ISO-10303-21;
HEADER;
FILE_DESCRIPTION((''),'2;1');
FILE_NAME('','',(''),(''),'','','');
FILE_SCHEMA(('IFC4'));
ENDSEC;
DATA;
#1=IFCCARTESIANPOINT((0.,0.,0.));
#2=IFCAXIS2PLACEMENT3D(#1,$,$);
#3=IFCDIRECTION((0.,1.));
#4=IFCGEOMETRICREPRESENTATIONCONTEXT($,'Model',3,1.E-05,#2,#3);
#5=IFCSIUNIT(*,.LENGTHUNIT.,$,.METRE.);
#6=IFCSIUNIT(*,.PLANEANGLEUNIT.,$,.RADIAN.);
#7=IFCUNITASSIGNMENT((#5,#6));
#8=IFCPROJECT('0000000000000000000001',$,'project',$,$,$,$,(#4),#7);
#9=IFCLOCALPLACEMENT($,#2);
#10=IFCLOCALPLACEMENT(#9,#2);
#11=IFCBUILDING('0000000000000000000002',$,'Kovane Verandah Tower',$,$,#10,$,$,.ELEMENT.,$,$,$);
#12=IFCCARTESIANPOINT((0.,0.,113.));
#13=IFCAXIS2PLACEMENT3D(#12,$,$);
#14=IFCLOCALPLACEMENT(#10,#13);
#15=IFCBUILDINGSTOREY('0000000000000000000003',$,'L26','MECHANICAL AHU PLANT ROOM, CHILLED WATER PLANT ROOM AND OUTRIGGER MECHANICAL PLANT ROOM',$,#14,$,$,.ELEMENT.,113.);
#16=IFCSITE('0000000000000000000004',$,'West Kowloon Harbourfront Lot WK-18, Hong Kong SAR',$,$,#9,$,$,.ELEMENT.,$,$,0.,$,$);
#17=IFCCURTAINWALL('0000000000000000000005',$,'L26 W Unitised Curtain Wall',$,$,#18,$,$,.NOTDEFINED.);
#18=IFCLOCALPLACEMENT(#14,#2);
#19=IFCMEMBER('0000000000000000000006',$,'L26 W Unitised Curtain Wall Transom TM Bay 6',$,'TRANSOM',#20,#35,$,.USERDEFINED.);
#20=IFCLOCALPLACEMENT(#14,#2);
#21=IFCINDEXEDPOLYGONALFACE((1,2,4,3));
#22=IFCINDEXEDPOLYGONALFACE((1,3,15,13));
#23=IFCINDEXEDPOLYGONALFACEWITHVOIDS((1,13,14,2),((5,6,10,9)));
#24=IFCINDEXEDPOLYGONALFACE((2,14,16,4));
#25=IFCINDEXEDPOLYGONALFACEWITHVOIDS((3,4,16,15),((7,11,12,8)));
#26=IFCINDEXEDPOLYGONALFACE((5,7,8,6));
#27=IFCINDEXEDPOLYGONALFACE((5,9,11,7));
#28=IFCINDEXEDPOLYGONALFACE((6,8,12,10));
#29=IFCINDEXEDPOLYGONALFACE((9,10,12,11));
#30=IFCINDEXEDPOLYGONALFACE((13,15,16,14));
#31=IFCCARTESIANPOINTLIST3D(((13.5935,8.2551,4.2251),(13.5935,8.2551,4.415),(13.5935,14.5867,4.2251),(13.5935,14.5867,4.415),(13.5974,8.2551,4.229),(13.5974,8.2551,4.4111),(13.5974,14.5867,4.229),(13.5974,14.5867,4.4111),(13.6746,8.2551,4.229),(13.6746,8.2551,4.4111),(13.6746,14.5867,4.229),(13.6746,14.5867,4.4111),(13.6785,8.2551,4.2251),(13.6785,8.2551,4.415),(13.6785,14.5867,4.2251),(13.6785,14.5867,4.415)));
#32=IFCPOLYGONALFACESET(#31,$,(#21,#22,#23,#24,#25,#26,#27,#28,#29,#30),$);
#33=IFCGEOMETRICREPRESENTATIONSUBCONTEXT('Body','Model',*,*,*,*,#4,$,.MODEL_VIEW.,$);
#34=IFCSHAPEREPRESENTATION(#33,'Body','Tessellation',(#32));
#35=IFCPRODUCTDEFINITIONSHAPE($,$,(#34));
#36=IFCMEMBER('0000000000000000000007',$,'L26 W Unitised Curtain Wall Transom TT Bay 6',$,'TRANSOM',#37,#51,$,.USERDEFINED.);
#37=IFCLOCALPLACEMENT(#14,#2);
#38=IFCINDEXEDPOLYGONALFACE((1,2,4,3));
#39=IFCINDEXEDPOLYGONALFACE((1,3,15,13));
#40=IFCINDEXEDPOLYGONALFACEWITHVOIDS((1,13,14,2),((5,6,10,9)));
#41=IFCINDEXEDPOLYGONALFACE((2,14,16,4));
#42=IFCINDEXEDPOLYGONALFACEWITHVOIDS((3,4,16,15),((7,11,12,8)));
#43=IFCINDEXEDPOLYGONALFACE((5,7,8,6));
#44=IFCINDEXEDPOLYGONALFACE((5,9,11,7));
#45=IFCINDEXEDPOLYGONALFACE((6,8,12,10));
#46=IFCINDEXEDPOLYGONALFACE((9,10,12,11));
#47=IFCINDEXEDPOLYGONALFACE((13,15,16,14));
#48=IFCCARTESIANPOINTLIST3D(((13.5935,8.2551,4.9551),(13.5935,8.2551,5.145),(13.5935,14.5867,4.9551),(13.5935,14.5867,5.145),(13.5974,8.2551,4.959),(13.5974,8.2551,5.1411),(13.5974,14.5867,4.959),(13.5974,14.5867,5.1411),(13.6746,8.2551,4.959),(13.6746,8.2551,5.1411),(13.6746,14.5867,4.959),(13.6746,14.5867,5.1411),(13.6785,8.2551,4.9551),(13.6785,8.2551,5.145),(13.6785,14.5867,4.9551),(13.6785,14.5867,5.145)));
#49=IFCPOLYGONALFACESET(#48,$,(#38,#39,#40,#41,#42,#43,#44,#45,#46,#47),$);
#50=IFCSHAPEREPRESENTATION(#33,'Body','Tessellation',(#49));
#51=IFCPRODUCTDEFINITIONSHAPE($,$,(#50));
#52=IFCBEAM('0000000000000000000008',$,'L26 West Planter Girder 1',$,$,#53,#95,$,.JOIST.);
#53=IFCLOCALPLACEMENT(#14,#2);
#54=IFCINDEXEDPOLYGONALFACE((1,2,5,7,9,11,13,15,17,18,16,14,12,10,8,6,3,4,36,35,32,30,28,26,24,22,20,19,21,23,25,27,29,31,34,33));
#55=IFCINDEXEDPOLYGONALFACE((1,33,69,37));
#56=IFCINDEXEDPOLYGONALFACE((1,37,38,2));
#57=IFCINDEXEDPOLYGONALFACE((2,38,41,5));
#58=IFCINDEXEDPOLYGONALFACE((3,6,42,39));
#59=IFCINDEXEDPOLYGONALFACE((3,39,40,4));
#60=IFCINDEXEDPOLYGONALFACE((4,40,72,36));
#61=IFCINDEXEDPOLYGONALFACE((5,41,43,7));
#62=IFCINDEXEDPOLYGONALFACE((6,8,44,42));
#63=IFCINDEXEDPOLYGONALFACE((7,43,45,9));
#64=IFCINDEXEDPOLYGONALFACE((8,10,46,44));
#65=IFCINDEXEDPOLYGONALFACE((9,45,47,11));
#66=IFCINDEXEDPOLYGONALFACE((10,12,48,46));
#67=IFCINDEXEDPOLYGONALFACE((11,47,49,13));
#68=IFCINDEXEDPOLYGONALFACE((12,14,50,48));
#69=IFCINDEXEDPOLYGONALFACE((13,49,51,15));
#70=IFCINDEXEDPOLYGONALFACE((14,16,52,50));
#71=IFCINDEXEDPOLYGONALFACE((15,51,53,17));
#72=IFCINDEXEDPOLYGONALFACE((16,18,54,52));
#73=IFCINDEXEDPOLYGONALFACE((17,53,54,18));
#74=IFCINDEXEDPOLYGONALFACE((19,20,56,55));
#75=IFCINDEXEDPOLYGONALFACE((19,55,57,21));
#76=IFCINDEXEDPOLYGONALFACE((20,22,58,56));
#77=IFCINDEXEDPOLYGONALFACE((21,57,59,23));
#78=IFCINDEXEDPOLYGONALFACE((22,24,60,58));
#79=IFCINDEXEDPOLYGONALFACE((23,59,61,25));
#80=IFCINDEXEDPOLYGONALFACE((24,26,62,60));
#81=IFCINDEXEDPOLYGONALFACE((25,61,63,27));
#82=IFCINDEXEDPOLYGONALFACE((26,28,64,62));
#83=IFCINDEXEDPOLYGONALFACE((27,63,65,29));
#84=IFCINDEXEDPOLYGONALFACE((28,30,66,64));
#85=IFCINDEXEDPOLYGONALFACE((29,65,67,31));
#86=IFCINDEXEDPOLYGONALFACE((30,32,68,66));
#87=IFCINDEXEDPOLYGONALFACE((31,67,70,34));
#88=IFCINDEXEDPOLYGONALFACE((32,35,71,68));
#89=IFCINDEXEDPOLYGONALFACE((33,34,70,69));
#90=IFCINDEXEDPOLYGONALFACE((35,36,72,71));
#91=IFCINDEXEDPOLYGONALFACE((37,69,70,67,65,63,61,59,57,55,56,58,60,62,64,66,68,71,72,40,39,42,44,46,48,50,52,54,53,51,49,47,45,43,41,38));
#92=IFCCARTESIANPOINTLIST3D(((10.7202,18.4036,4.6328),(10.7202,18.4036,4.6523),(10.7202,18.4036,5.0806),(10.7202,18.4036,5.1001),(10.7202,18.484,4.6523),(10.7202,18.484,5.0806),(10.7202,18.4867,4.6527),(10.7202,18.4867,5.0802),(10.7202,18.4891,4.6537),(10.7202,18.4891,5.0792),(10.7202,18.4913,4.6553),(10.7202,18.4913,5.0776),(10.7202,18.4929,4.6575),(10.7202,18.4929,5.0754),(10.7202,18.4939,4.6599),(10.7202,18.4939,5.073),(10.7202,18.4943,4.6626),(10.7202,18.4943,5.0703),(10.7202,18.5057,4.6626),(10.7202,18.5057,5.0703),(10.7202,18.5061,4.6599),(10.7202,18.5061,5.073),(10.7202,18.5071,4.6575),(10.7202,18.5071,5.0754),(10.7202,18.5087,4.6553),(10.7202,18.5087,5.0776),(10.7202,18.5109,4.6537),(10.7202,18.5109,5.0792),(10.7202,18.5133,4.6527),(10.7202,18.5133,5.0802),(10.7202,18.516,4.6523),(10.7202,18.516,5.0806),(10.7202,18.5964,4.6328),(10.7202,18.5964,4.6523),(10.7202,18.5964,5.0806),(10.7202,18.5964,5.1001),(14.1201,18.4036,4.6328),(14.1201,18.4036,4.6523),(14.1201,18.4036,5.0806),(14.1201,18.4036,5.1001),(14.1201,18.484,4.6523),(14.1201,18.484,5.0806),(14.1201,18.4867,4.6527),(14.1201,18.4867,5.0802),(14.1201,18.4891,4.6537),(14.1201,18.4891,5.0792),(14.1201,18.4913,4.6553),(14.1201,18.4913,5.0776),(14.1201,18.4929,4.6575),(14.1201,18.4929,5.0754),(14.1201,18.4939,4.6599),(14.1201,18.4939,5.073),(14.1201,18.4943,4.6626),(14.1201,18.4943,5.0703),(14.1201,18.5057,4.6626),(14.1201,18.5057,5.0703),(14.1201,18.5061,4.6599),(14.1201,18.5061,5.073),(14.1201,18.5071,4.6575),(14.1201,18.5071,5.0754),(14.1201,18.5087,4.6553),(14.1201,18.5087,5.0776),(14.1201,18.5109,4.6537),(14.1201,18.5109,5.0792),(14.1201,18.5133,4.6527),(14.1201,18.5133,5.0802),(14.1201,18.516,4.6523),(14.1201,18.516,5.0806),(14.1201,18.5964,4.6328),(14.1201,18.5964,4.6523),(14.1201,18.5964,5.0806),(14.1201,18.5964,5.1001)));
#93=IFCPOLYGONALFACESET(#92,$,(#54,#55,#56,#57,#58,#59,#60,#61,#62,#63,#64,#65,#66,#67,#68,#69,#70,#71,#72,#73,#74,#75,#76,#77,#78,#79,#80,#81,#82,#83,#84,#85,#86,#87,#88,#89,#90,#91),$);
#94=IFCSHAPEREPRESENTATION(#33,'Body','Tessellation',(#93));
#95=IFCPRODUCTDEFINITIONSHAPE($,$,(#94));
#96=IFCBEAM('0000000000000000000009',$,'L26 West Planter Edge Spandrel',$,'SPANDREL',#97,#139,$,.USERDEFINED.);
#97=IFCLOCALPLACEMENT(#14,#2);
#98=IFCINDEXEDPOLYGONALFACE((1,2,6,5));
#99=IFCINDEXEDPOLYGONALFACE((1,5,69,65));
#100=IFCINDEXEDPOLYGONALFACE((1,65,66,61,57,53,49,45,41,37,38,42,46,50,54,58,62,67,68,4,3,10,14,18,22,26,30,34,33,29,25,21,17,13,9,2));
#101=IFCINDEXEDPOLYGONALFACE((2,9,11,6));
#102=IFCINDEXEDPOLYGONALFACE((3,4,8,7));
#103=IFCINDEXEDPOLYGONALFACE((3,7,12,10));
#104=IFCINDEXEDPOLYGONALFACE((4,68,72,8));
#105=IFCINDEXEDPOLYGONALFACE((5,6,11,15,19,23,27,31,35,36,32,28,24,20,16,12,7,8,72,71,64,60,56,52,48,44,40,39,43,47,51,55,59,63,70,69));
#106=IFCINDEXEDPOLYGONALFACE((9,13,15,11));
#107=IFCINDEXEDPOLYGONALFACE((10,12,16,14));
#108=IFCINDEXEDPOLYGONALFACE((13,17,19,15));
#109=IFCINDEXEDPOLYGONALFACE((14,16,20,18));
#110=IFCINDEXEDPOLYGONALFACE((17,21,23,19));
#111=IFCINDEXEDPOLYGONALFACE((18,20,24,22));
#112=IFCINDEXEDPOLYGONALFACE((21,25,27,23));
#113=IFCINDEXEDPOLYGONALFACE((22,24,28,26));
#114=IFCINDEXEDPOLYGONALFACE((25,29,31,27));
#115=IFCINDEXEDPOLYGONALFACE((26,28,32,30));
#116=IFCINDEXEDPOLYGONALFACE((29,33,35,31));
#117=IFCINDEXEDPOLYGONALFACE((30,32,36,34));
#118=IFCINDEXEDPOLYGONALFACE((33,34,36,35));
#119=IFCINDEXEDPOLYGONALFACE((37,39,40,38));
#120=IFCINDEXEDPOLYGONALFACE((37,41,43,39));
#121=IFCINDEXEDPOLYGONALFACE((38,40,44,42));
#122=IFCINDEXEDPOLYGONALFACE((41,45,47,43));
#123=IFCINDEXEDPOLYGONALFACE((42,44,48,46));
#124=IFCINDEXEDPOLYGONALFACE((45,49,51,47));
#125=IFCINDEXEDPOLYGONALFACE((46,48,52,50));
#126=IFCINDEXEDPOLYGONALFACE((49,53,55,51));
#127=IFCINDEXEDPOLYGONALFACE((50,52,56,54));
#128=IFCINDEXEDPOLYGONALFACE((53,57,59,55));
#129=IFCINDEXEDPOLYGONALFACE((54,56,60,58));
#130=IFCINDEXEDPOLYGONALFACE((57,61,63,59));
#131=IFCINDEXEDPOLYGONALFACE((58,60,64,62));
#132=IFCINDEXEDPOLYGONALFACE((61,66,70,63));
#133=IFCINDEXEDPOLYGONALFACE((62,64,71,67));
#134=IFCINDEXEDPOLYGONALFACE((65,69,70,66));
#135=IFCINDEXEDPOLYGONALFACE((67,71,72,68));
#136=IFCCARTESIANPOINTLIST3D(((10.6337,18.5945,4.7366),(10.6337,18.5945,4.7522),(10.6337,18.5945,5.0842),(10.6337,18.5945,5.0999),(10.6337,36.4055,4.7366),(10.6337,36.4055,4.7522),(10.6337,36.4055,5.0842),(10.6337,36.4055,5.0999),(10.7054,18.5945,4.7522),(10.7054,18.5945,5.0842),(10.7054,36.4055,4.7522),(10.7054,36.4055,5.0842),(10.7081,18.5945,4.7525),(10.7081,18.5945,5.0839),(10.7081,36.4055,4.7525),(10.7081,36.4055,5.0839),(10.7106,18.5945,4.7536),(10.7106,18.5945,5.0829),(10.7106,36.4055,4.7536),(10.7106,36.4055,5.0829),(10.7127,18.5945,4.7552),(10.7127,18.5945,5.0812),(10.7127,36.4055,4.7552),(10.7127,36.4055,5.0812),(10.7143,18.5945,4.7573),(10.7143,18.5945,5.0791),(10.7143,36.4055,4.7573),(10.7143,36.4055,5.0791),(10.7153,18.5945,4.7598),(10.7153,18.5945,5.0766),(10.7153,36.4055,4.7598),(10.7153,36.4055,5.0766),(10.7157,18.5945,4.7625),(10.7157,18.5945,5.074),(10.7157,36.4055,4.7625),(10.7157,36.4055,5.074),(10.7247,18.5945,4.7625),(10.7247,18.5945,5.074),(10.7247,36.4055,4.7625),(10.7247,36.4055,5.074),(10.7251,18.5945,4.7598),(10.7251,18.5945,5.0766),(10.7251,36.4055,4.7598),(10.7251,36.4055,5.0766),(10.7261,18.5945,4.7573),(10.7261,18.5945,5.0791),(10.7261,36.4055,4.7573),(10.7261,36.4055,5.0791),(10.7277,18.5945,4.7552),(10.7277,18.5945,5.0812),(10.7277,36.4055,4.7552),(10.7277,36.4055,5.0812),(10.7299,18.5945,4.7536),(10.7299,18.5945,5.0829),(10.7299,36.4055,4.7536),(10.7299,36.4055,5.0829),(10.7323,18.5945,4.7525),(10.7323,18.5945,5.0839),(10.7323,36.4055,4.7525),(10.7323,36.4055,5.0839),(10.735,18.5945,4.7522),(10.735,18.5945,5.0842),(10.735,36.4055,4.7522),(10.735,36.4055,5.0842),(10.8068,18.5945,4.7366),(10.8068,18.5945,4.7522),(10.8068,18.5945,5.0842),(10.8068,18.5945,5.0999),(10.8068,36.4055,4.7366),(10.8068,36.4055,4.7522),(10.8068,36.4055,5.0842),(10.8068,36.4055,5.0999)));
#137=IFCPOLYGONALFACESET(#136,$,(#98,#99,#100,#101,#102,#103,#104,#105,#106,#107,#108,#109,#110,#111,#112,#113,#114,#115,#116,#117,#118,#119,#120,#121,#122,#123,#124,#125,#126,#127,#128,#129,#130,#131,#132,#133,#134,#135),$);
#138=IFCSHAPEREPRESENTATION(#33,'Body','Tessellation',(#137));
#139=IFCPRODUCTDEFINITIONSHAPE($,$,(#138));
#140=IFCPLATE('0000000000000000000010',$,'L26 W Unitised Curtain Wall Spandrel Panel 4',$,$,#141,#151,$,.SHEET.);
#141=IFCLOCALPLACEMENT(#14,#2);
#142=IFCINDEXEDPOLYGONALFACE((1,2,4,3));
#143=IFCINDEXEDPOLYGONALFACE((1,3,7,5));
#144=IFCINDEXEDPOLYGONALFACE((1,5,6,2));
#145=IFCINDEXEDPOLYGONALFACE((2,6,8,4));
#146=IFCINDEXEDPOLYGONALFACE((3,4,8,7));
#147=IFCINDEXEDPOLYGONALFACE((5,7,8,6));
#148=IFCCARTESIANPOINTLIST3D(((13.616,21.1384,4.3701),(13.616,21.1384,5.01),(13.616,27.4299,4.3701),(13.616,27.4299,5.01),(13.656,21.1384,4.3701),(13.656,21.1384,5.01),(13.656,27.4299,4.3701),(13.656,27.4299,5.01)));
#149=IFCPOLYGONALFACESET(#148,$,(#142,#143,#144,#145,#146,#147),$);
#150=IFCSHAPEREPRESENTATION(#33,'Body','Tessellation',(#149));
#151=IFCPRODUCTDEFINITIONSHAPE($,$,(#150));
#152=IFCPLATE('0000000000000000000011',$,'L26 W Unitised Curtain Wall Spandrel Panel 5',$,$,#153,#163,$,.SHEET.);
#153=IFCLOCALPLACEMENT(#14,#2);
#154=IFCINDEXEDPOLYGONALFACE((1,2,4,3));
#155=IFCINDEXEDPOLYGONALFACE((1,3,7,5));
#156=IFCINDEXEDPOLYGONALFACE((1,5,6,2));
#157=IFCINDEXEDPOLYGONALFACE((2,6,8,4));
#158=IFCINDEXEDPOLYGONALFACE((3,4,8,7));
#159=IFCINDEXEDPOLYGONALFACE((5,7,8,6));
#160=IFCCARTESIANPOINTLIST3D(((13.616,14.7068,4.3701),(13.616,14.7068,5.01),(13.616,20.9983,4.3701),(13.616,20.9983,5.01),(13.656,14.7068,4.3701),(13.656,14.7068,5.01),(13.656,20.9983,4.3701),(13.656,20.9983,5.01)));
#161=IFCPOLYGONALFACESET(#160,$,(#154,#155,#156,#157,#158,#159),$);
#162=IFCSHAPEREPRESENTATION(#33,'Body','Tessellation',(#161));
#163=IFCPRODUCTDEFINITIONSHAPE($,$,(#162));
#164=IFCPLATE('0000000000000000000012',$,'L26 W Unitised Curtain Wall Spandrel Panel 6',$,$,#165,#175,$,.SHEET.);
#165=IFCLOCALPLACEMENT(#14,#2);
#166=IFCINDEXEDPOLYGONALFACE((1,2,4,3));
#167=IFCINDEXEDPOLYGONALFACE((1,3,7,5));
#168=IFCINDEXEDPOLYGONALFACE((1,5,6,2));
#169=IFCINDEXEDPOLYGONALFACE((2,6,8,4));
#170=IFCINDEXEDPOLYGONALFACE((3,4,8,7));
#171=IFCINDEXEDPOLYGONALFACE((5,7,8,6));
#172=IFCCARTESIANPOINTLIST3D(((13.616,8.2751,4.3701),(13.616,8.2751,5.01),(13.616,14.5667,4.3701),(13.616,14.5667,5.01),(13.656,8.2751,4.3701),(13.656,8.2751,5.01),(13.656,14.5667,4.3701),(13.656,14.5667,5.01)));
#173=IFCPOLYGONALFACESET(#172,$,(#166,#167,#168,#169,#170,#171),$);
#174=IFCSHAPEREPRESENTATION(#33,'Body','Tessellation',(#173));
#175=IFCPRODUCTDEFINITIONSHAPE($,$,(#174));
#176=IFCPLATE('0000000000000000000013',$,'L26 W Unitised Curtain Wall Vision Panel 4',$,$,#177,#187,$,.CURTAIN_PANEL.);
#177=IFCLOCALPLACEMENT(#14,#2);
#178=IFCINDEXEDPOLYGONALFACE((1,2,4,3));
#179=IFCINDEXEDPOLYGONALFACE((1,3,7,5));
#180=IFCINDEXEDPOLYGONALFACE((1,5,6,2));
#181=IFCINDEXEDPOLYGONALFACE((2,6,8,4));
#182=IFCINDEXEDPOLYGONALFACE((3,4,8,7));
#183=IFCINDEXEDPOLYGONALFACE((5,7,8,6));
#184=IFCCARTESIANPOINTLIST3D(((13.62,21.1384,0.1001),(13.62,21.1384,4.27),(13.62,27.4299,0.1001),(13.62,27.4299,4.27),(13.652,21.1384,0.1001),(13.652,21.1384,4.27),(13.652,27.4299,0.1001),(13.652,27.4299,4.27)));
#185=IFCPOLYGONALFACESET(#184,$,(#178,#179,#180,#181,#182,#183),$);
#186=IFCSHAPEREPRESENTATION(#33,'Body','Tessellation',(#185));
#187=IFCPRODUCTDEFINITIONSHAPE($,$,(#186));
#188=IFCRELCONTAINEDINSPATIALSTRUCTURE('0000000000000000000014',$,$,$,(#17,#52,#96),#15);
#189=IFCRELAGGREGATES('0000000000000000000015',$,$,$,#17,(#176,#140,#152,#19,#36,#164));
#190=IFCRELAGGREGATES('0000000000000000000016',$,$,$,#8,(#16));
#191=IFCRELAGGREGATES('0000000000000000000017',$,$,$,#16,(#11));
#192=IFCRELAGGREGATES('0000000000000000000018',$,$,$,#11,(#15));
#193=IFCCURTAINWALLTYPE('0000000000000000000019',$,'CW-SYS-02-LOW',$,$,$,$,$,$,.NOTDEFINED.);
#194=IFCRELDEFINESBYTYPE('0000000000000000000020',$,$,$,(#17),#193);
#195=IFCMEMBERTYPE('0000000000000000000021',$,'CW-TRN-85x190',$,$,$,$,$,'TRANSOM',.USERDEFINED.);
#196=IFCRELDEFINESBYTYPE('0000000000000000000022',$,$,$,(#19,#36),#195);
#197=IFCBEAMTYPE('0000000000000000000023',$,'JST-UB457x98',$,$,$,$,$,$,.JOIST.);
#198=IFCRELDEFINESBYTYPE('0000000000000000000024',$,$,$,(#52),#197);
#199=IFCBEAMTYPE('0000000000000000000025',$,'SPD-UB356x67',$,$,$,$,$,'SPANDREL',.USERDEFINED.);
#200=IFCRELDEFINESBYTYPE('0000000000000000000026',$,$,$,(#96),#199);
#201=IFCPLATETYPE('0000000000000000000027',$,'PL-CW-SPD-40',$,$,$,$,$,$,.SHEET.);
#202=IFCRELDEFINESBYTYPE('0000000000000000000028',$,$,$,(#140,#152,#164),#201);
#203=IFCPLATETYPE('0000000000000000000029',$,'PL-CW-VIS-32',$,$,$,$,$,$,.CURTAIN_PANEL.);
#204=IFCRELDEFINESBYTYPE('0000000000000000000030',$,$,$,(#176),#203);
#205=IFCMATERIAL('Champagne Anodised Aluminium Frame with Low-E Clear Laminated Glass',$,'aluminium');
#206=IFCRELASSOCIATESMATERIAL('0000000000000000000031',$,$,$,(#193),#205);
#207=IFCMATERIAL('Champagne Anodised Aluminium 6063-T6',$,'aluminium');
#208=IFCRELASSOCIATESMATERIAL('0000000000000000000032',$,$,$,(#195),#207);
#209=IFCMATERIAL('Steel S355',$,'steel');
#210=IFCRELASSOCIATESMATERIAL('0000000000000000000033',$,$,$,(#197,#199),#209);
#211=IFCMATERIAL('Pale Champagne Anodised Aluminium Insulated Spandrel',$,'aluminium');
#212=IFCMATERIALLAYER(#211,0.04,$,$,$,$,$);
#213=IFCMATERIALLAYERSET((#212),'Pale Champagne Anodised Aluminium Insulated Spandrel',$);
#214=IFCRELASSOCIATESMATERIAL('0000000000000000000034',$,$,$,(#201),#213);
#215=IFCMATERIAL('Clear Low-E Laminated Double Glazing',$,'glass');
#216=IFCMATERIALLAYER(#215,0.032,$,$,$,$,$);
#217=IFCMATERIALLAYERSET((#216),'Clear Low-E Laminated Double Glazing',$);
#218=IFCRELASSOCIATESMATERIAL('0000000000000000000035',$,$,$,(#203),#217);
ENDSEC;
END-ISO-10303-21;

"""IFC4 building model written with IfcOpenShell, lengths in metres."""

from ifc_helpers import new_model, si_unit, direction, frame, origin, origin_2d, place, context, subcontext, project, spatial, rectangle, hollow_rectangle, i_section, extrude, material, layer, layer_set, material_profile, profile_set, type_object, element, aggregate, save


model = new_model("IFC4")

# Units and contexts
model_context = context("Model", 3, precision=1e-05, world=origin(), true_north=direction((0.0, 1.0)))
body_context = subcontext(model_context, "Body", "Model", "MODEL_VIEW")
ifc_project = project(units=[si_unit("LENGTHUNIT", "METRE"), si_unit("PLANEANGLEUNIT", "RADIAN")], contexts=[model_context])

# Site, building, storey
site_placement = place(None, origin())
site = spatial("IfcSite", under=ifc_project, at=site_placement, Name="West Kowloon Harbourfront Lot WK-18, Hong Kong SAR", CompositionType="ELEMENT", RefElevation=0.0)
building_placement = place(site_placement, origin())
building = spatial("IfcBuilding", under=site, at=building_placement, Name="Kovane Verandah Tower", CompositionType="ELEMENT")
storey_placement = place(building_placement, frame((0.0, 0.0, 113.0)))
storey = spatial("IfcBuildingStorey", under=building, at=storey_placement, Name="L26", Description="MECHANICAL AHU PLANT ROOM, CHILLED WATER PLANT ROOM AND OUTRIGGER MECHANICAL PLANT ROOM", CompositionType="ELEMENT", Elevation=113.0)

# Shared definitions
ifc_material_1 = material(Name="Champagne Anodised Aluminium Frame with Low-E Clear Laminated Glass", Category="aluminium")
curtain_wall_type = type_object("IfcCurtainWallType", Name="CW-SYS-02-LOW", PredefinedType="NOTDEFINED", material=ifc_material_1)
ifc_material_2 = material(Name="Champagne Anodised Aluminium 6063-T6", Category="aluminium")

# Curtain wall, members
curtain_wall_1_placement = place(storey_placement, origin())
curtain_wall_1 = element("IfcCurtainWall", 1, at=curtain_wall_1_placement, inside=storey, type_object=curtain_wall_type, Name="L26 W Unitised Curtain Wall", PredefinedType="NOTDEFINED")
ifc_material_profile_1 = material_profile(ifc_material_2, hollow_rectangle(XDim=0.085, YDim=0.1899, WallThickness=0.0039, at=origin_2d()), Name="AL85x190x4")
ifc_profile_set_1 = profile_set([ifc_material_profile_1], Name="Champagne Anodised Aluminium 6063-T6")
member_type_1 = type_object("IfcMemberType", Name="CW-TRN-85x190", ElementType="TRANSOM", PredefinedType="USERDEFINED", material=ifc_profile_set_1)
member_1_placement = place(storey_placement, frame((13.636, 14.5867, 4.3201), z_axis=(0.0, -1.0, 0.0), x_axis=(1.0, 0.0, 0.0)))
member_1 = element("IfcMember", 2, at=member_1_placement, type_object=member_type_1, Name="L26 W Unitised Curtain Wall Transom TM Bay 6", ObjectType="TRANSOM", PredefinedType="USERDEFINED", context=body_context, shape_type="SweptSolid", body=[
    extrude(hollow_rectangle(XDim=0.085, YDim=0.1899, WallThickness=0.0039, at=origin_2d()), origin(), (0.0, 0.0, 1.0), 6.3315),
])
member_2_placement = place(storey_placement, frame((13.636, 14.5867, 5.05), z_axis=(0.0, -1.0, 0.0), x_axis=(1.0, 0.0, 0.0)))
member_2 = element("IfcMember", 3, at=member_2_placement, type_object=member_type_1, Name="L26 W Unitised Curtain Wall Transom TT Bay 6", ObjectType="TRANSOM", PredefinedType="USERDEFINED", context=body_context, shape_type="SweptSolid", body=[
    extrude(hollow_rectangle(XDim=0.085, YDim=0.1899, WallThickness=0.0039, at=origin_2d()), origin(), (0.0, 0.0, 1.0), 6.3315),
])

# Beams
ifc_material_3 = material(Name="Steel S355", Category="steel")
ifc_material_profile_2 = material_profile(ifc_material_3, i_section(OverallWidth=0.1929, OverallDepth=0.4673, WebThickness=0.0115, FlangeThickness=0.0195, FilletRadius=0.0103, at=origin_2d()), Name="UB457x191x98")
ifc_profile_set_2 = profile_set([ifc_material_profile_2], Name="Steel S355")
beam_type_1 = type_object("IfcBeamType", Name="JST-UB457x98", PredefinedType="JOIST", material=ifc_profile_set_2)
beam_1_placement = place(storey_placement, frame((14.1201, 18.5, 4.8665), z_axis=(-1.0, 0.0, 0.0), x_axis=(0.0, -1.0, 0.0)))
element("IfcBeam", 4, at=beam_1_placement, inside=storey, type_object=beam_type_1, Name="L26 West Planter Girder 1", PredefinedType="JOIST", context=body_context, shape_type="SweptSolid", body=[
    extrude(i_section(OverallWidth=0.1929, OverallDepth=0.4673, WebThickness=0.0115, FlangeThickness=0.0195, FilletRadius=0.0103, at=origin_2d()), origin(), (0.0, 0.0, 1.0), 3.3999),
])
ifc_material_profile_3 = material_profile(ifc_material_3, i_section(OverallWidth=0.1731, OverallDepth=0.3633, WebThickness=0.009, FlangeThickness=0.0156, FilletRadius=0.0103, at=origin_2d()), Name="UB356x171x67")
ifc_profile_set_3 = profile_set([ifc_material_profile_3], Name="Steel S355")
beam_type_2 = type_object("IfcBeamType", Name="SPD-UB356x67", ElementType="SPANDREL", PredefinedType="USERDEFINED", material=ifc_profile_set_3)
beam_2_placement = place(storey_placement, frame((10.7202, 18.5945, 4.9182), z_axis=(0.0, 1.0, 0.0), x_axis=(-1.0, 0.0, 0.0)))
element("IfcBeam", 5, at=beam_2_placement, inside=storey, type_object=beam_type_2, Name="L26 West Planter Edge Spandrel", ObjectType="SPANDREL", PredefinedType="USERDEFINED", context=body_context, shape_type="SweptSolid", body=[
    extrude(i_section(OverallWidth=0.1731, OverallDepth=0.3633, WebThickness=0.009, FlangeThickness=0.0156, FilletRadius=0.0103, at=origin_2d()), origin(), (0.0, 0.0, 1.0), 17.811),
])

# Plates
ifc_material_4 = material(Name="Pale Champagne Anodised Aluminium Insulated Spandrel", Category="aluminium")
ifc_layer_1 = layer(ifc_material_4, 0.04)
ifc_layer_set_1 = layer_set([ifc_layer_1], Name="Pale Champagne Anodised Aluminium Insulated Spandrel")
plate_type_1 = type_object("IfcPlateType", Name="PL-CW-SPD-40", PredefinedType="SHEET", material=ifc_layer_set_1)
plate_1_placement = place(storey_placement, frame((13.636, 24.2842, 4.3701), z_axis=(0.0, 0.0, 1.0), x_axis=(0.0, -1.0, 0.0)))
plate_1 = element("IfcPlate", 6, at=plate_1_placement, type_object=plate_type_1, Name="L26 W Unitised Curtain Wall Spandrel Panel 4", PredefinedType="SHEET", context=body_context, shape_type="SweptSolid", body=[
    extrude(rectangle(XDim=6.2915, YDim=0.04, at=origin_2d()), origin(), (0.0, 0.0, 1.0), 0.6399),
])
plate_2_placement = place(storey_placement, frame((13.636, 17.8525, 4.3701), z_axis=(0.0, 0.0, 1.0), x_axis=(0.0, -1.0, 0.0)))
plate_2 = element("IfcPlate", 7, at=plate_2_placement, type_object=plate_type_1, Name="L26 W Unitised Curtain Wall Spandrel Panel 5", PredefinedType="SHEET", context=body_context, shape_type="SweptSolid", body=[
    extrude(rectangle(XDim=6.2915, YDim=0.04, at=origin_2d()), origin(), (0.0, 0.0, 1.0), 0.6399),
])
plate_3_placement = place(storey_placement, frame((13.636, 11.4209, 4.3701), z_axis=(0.0, 0.0, 1.0), x_axis=(0.0, -1.0, 0.0)))
plate_3 = element("IfcPlate", 8, at=plate_3_placement, type_object=plate_type_1, Name="L26 W Unitised Curtain Wall Spandrel Panel 6", PredefinedType="SHEET", context=body_context, shape_type="SweptSolid", body=[
    extrude(rectangle(XDim=6.2915, YDim=0.04, at=origin_2d()), origin(), (0.0, 0.0, 1.0), 0.6399),
])
ifc_material_5 = material(Name="Clear Low-E Laminated Double Glazing", Category="glass")
ifc_layer_2 = layer(ifc_material_5, 0.032)
ifc_layer_set_2 = layer_set([ifc_layer_2], Name="Clear Low-E Laminated Double Glazing")
plate_type_2 = type_object("IfcPlateType", Name="PL-CW-VIS-32", PredefinedType="CURTAIN_PANEL", material=ifc_layer_set_2)
plate_4_placement = place(storey_placement, frame((13.636, 24.2842, 0.1001), z_axis=(0.0, 0.0, 1.0), x_axis=(0.0, -1.0, 0.0)))
plate_4 = element("IfcPlate", 9, at=plate_4_placement, type_object=plate_type_2, Name="L26 W Unitised Curtain Wall Vision Panel 4", PredefinedType="CURTAIN_PANEL", context=body_context, shape_type="SweptSolid", body=[
    extrude(rectangle(XDim=6.2915, YDim=0.032, at=origin_2d()), origin(), (0.0, 0.0, 1.0), 4.1699),
])
aggregate(curtain_wall_1, [plate_4, plate_1, plate_2, member_1, member_2, plate_3])

save(model, "model.ifc")
